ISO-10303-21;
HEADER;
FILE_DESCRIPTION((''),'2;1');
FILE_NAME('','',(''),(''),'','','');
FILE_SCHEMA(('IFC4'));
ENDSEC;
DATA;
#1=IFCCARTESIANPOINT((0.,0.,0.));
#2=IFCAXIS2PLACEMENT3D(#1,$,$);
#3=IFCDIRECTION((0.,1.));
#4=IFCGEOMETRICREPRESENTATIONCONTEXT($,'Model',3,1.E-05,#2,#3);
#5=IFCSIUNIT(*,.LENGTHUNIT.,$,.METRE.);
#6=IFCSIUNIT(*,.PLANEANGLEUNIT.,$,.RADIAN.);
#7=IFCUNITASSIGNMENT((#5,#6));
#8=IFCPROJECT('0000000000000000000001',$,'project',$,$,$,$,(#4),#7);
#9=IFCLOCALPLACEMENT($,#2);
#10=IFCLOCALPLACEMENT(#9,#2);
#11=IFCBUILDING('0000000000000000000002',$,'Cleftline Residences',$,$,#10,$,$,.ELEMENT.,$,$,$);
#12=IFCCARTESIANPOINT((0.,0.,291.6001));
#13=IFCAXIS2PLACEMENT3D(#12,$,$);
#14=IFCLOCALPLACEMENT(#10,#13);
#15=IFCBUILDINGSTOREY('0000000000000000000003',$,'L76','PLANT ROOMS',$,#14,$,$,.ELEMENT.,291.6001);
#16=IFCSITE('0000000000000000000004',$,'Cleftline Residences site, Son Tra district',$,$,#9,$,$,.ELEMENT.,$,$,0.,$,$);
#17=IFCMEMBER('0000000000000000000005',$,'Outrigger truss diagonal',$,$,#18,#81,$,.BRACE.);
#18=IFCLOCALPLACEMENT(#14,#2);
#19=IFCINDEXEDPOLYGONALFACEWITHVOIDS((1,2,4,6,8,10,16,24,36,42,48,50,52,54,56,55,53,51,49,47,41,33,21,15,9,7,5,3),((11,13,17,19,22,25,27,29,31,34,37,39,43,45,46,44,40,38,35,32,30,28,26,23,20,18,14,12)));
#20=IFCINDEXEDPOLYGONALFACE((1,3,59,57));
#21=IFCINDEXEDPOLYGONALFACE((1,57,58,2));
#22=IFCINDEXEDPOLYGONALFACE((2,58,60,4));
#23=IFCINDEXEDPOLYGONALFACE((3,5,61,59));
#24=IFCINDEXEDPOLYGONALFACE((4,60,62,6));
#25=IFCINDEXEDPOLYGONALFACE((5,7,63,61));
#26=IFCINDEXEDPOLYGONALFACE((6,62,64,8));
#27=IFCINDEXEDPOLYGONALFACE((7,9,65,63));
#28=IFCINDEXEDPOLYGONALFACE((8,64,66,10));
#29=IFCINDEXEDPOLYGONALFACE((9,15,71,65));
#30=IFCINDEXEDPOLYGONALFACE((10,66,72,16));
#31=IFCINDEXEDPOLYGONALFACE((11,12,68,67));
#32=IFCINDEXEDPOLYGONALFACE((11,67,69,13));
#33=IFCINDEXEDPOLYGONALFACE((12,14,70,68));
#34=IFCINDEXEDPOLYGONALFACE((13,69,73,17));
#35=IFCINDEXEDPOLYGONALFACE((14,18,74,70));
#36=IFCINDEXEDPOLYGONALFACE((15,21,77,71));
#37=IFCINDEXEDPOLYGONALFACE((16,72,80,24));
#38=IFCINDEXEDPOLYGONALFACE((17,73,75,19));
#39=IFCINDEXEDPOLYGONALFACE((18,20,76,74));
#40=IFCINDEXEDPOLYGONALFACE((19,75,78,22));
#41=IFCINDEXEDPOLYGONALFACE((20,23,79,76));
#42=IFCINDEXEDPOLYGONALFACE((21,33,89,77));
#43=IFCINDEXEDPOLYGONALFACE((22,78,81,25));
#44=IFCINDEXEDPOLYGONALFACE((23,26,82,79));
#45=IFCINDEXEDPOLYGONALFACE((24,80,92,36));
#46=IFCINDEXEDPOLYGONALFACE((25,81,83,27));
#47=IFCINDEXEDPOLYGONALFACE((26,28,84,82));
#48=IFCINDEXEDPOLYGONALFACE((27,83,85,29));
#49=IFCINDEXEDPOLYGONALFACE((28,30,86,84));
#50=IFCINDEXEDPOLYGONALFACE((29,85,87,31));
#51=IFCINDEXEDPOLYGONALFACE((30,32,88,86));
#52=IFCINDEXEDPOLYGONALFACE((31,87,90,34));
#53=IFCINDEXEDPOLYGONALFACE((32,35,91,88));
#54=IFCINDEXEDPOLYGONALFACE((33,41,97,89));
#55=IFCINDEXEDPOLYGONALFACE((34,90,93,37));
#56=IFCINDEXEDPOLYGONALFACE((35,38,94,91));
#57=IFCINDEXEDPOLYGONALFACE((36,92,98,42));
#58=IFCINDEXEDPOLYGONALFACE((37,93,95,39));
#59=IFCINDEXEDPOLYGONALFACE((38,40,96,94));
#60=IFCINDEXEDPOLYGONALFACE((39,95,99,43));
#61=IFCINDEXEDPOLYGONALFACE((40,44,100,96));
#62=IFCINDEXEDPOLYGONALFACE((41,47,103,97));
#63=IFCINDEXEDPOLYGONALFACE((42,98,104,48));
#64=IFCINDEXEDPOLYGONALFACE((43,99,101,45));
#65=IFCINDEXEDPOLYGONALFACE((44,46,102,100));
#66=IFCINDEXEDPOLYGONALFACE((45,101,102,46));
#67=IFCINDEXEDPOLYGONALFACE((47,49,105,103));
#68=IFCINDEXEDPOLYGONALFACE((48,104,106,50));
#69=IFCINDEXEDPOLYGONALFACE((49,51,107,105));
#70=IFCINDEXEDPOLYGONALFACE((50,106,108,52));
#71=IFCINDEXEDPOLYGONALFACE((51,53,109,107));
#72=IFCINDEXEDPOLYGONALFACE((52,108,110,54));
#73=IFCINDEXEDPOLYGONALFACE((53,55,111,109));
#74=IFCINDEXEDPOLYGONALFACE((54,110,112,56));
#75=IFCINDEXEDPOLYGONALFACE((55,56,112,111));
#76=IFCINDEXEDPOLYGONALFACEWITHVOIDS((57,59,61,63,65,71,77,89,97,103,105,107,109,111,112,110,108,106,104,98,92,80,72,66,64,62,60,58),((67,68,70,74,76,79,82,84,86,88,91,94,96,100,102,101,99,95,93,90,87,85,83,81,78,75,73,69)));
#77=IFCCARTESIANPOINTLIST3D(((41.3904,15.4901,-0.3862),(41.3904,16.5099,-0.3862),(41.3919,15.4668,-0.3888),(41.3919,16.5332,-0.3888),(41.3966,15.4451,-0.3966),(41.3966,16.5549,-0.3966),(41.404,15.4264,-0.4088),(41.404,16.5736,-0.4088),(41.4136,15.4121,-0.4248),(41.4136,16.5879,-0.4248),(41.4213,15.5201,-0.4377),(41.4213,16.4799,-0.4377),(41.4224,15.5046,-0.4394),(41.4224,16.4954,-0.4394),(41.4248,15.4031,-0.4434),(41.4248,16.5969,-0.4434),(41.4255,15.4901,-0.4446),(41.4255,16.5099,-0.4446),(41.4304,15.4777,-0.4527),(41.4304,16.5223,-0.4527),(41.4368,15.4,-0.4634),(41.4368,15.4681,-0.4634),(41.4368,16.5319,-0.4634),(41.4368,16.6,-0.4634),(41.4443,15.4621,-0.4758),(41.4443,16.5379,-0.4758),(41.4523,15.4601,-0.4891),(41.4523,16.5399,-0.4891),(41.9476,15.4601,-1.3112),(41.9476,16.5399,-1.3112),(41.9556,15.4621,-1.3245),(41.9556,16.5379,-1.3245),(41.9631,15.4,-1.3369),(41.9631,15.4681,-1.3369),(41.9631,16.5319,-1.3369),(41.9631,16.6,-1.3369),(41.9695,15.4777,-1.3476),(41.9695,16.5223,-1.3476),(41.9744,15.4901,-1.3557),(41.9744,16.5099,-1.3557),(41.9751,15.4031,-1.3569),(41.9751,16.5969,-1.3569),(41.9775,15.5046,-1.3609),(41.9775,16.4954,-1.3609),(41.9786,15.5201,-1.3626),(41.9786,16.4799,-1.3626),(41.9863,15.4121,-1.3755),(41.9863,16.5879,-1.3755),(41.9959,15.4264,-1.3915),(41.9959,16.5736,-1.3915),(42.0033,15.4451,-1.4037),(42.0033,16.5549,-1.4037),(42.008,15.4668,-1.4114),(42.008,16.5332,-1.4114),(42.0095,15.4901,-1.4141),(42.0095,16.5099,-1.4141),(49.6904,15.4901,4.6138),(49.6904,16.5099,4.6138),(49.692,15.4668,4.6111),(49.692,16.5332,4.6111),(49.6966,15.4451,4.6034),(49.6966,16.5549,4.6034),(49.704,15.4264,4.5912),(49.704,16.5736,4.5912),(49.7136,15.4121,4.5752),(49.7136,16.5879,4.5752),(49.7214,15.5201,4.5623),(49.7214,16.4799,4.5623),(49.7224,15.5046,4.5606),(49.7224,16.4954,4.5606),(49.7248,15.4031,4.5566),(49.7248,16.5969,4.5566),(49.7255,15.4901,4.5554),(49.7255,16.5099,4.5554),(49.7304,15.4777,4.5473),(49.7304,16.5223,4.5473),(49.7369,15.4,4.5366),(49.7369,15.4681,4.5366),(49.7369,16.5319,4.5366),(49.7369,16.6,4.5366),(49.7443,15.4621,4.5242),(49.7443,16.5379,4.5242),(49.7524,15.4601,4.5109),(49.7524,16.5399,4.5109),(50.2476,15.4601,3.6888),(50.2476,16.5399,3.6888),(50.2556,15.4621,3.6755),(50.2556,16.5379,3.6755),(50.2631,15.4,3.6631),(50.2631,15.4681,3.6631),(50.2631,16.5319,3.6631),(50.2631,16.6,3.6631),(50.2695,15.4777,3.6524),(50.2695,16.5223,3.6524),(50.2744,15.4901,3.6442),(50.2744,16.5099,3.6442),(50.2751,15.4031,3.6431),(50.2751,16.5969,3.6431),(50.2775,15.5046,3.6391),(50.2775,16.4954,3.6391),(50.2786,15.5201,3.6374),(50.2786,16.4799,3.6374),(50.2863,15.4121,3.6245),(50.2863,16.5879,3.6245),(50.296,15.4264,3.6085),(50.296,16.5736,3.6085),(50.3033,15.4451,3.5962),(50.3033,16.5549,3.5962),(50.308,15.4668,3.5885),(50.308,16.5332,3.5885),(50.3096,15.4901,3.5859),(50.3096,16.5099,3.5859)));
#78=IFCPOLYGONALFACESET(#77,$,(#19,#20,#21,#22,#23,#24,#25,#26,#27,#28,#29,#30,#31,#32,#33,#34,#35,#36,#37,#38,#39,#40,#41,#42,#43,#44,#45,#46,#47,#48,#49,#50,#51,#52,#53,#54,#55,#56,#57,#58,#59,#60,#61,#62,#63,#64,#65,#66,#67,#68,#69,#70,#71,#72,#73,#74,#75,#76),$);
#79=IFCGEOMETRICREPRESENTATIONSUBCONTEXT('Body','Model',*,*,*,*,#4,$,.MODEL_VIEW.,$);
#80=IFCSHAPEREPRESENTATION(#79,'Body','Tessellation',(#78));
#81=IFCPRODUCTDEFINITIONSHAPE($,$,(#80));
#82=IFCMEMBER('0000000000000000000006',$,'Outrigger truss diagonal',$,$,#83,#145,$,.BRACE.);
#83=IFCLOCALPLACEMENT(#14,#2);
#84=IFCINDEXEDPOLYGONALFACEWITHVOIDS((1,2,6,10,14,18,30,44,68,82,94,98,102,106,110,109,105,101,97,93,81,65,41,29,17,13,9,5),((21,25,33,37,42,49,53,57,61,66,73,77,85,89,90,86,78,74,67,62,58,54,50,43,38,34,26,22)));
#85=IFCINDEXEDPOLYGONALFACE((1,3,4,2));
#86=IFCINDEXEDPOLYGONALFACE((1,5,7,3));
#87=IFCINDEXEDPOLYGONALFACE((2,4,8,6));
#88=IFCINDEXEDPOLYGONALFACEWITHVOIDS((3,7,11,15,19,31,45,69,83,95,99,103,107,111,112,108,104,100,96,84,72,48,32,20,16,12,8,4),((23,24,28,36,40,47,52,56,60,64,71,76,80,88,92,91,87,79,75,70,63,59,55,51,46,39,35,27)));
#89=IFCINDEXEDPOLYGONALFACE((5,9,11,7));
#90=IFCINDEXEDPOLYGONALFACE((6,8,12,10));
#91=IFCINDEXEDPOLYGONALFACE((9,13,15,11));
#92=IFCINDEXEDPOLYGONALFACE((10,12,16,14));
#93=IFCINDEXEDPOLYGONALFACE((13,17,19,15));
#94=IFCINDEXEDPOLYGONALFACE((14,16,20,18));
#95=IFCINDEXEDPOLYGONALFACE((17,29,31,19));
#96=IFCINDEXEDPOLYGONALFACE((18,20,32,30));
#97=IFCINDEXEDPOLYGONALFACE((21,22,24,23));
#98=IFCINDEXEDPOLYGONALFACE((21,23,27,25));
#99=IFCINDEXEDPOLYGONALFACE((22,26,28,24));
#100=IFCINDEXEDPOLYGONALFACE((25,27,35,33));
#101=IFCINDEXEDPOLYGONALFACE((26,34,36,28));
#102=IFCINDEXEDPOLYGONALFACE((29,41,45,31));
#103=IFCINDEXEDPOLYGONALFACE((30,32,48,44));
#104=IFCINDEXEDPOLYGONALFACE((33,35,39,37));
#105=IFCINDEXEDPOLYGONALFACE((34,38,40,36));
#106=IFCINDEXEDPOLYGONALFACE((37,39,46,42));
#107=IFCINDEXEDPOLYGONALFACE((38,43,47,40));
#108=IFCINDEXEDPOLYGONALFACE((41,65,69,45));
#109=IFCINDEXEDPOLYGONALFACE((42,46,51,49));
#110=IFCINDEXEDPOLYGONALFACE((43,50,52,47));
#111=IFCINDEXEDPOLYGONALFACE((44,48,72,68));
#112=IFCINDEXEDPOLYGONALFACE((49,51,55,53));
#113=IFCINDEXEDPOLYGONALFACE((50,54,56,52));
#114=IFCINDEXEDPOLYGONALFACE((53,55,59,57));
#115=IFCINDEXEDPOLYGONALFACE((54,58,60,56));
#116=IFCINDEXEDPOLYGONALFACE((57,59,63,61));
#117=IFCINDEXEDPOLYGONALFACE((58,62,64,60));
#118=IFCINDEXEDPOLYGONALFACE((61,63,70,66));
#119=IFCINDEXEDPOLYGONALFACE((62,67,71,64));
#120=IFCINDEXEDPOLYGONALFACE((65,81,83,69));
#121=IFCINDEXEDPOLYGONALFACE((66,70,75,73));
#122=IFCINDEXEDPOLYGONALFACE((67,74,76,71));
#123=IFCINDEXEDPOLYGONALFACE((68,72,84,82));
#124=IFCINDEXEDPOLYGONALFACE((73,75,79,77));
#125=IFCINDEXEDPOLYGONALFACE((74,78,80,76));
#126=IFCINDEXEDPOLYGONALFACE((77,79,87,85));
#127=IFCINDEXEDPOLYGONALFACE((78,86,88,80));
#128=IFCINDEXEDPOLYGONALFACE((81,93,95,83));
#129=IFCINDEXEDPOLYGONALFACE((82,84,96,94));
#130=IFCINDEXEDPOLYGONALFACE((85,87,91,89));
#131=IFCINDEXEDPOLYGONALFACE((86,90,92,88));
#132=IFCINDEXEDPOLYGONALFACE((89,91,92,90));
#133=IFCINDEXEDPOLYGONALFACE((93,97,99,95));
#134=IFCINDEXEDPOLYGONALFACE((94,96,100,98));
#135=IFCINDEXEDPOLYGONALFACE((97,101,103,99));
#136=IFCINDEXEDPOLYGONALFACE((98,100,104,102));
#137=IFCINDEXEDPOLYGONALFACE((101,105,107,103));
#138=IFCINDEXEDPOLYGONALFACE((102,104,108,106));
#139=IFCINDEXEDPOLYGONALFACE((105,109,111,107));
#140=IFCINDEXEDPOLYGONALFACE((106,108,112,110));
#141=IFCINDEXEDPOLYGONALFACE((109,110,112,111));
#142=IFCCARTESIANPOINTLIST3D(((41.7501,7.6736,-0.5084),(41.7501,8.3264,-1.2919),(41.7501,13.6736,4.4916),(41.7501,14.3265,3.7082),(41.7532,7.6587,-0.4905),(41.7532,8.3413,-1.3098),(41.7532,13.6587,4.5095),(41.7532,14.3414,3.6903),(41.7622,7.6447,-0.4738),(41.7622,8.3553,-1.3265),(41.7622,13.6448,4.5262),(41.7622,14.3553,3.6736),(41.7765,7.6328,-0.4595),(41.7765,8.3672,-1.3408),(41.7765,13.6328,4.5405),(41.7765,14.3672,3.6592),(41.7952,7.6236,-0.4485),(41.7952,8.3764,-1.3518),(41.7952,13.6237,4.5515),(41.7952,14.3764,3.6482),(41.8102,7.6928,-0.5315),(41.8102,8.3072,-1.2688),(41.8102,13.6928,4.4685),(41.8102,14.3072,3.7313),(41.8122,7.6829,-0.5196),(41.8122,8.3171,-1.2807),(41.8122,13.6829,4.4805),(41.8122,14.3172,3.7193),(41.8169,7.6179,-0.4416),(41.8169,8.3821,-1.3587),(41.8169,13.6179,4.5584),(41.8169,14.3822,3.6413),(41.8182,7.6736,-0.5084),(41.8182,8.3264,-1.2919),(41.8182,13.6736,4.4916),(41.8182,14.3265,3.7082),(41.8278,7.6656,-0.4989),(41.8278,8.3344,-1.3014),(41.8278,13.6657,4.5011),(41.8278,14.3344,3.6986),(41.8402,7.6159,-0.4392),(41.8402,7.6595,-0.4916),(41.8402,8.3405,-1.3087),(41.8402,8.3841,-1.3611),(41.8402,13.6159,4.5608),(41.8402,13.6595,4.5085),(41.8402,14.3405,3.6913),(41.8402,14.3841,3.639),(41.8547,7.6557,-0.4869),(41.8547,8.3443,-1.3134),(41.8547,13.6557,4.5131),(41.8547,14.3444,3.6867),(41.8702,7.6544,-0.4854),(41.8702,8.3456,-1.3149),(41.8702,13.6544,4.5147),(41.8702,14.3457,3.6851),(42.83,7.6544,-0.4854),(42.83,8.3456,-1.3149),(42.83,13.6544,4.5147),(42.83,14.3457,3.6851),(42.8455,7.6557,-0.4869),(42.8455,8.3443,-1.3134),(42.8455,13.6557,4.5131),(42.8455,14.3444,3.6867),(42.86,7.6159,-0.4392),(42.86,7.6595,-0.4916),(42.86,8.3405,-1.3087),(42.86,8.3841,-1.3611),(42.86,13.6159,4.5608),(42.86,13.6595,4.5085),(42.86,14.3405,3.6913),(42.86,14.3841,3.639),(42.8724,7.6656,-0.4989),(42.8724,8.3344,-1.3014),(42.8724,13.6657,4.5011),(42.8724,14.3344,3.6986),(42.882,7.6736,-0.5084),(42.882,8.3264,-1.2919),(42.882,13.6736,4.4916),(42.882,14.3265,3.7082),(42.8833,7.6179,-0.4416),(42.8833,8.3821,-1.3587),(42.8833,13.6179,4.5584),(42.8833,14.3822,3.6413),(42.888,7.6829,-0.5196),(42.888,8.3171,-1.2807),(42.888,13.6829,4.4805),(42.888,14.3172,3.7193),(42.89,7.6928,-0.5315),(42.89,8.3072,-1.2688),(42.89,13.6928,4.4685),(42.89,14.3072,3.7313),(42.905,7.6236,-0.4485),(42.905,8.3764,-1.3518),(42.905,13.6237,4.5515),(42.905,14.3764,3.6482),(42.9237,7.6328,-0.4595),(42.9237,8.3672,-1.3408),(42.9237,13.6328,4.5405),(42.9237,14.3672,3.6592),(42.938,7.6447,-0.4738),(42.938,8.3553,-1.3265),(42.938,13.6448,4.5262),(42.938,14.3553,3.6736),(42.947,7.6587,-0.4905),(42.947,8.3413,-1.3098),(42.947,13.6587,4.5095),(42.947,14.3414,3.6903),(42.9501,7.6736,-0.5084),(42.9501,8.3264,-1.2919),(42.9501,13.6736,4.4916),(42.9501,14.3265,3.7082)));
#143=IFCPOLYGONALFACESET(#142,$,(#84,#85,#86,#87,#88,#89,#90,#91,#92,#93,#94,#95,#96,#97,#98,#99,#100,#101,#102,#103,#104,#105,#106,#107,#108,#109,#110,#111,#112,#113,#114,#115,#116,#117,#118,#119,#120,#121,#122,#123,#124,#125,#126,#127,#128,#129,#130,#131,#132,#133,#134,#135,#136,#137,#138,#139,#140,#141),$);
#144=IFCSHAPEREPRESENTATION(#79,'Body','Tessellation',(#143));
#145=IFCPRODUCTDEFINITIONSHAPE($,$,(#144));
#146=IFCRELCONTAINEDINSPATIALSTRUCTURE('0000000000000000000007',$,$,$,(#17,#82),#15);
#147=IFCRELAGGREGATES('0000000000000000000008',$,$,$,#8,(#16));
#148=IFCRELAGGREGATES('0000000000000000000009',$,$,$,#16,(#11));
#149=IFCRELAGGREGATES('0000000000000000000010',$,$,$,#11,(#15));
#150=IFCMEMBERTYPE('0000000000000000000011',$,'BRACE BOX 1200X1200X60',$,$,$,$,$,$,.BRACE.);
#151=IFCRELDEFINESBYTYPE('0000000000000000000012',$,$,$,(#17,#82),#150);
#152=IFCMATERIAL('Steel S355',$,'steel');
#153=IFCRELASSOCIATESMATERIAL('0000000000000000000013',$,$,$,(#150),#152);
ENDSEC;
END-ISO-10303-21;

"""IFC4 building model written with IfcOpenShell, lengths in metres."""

from ifc_helpers import new_model, si_unit, direction, frame, origin, origin_2d, place, context, subcontext, project, spatial, hollow_rectangle, extrude, material, material_profile, profile_set, type_object, element, save


model = new_model("IFC4")

# Units and contexts
model_context = context("Model", 3, precision=1e-05, world=origin(), true_north=direction((0.0, 1.0)))
body_context = subcontext(model_context, "Body", "Model", "MODEL_VIEW")
ifc_project = project(units=[si_unit("LENGTHUNIT", "METRE"), si_unit("PLANEANGLEUNIT", "RADIAN")], contexts=[model_context])

# Site, building, storey
site_placement = place(None, origin())
site = spatial("IfcSite", under=ifc_project, at=site_placement, Name="Cleftline Residences site, Son Tra district", CompositionType="ELEMENT", RefElevation=0.0)
building_placement = place(site_placement, origin())
building = spatial("IfcBuilding", under=site, at=building_placement, Name="Cleftline Residences", CompositionType="ELEMENT")
storey_placement = place(building_placement, frame((0.0, 0.0, 291.6001)))
storey = spatial("IfcBuildingStorey", under=building, at=storey_placement, Name="L76", Description="PLANT ROOMS", CompositionType="ELEMENT", Elevation=291.6001)

# Members
ifc_material_1 = material(Name="Steel S355", Category="steel")
ifc_material_profile_1 = material_profile(ifc_material_1, hollow_rectangle(XDim=1.2, YDim=1.2, WallThickness=0.0601, InnerFilletRadius=0.0601, OuterFilletRadius=0.0901, at=origin_2d()))
ifc_profile_set_1 = profile_set([ifc_material_profile_1], Name="Steel S355")
member_type_1 = type_object("IfcMemberType", Name="BRACE BOX 1200X1200X60", PredefinedType="BRACE", material=ifc_profile_set_1)
member_1_placement = place(storey_placement, frame((41.7, 16.0, -0.9001), z_axis=(0.856582, 0.0, 0.51601), x_axis=(-0.51601, 0.0, 0.856582)))
element("IfcMember", 1, at=member_1_placement, inside=storey, type_object=member_type_1, Name="Outrigger truss diagonal", PredefinedType="BRACE", context=body_context, shape_type="SweptSolid", body=[
    extrude(hollow_rectangle(XDim=1.2, YDim=1.2, WallThickness=0.0601, InnerFilletRadius=0.0601, OuterFilletRadius=0.0901, at=origin_2d()), origin(), (0.0, 0.0, 1.0), 9.6897),
])
member_2_placement = place(storey_placement, frame((42.3501, 8.0, -0.9001), z_axis=(0.0, 0.768221, 0.640184), x_axis=(0.0, -0.640184, 0.768221)))
element("IfcMember", 2, at=member_2_placement, inside=storey, type_object=member_type_1, Name="Outrigger truss diagonal", PredefinedType="BRACE", context=body_context, shape_type="SweptSolid", body=[
    extrude(hollow_rectangle(XDim=1.2, YDim=1.2, WallThickness=0.0601, InnerFilletRadius=0.0601, OuterFilletRadius=0.0901, at=origin_2d()), origin(), (0.0, 0.0, 1.0), 7.8103),
])

save(model, "model.ifc")
